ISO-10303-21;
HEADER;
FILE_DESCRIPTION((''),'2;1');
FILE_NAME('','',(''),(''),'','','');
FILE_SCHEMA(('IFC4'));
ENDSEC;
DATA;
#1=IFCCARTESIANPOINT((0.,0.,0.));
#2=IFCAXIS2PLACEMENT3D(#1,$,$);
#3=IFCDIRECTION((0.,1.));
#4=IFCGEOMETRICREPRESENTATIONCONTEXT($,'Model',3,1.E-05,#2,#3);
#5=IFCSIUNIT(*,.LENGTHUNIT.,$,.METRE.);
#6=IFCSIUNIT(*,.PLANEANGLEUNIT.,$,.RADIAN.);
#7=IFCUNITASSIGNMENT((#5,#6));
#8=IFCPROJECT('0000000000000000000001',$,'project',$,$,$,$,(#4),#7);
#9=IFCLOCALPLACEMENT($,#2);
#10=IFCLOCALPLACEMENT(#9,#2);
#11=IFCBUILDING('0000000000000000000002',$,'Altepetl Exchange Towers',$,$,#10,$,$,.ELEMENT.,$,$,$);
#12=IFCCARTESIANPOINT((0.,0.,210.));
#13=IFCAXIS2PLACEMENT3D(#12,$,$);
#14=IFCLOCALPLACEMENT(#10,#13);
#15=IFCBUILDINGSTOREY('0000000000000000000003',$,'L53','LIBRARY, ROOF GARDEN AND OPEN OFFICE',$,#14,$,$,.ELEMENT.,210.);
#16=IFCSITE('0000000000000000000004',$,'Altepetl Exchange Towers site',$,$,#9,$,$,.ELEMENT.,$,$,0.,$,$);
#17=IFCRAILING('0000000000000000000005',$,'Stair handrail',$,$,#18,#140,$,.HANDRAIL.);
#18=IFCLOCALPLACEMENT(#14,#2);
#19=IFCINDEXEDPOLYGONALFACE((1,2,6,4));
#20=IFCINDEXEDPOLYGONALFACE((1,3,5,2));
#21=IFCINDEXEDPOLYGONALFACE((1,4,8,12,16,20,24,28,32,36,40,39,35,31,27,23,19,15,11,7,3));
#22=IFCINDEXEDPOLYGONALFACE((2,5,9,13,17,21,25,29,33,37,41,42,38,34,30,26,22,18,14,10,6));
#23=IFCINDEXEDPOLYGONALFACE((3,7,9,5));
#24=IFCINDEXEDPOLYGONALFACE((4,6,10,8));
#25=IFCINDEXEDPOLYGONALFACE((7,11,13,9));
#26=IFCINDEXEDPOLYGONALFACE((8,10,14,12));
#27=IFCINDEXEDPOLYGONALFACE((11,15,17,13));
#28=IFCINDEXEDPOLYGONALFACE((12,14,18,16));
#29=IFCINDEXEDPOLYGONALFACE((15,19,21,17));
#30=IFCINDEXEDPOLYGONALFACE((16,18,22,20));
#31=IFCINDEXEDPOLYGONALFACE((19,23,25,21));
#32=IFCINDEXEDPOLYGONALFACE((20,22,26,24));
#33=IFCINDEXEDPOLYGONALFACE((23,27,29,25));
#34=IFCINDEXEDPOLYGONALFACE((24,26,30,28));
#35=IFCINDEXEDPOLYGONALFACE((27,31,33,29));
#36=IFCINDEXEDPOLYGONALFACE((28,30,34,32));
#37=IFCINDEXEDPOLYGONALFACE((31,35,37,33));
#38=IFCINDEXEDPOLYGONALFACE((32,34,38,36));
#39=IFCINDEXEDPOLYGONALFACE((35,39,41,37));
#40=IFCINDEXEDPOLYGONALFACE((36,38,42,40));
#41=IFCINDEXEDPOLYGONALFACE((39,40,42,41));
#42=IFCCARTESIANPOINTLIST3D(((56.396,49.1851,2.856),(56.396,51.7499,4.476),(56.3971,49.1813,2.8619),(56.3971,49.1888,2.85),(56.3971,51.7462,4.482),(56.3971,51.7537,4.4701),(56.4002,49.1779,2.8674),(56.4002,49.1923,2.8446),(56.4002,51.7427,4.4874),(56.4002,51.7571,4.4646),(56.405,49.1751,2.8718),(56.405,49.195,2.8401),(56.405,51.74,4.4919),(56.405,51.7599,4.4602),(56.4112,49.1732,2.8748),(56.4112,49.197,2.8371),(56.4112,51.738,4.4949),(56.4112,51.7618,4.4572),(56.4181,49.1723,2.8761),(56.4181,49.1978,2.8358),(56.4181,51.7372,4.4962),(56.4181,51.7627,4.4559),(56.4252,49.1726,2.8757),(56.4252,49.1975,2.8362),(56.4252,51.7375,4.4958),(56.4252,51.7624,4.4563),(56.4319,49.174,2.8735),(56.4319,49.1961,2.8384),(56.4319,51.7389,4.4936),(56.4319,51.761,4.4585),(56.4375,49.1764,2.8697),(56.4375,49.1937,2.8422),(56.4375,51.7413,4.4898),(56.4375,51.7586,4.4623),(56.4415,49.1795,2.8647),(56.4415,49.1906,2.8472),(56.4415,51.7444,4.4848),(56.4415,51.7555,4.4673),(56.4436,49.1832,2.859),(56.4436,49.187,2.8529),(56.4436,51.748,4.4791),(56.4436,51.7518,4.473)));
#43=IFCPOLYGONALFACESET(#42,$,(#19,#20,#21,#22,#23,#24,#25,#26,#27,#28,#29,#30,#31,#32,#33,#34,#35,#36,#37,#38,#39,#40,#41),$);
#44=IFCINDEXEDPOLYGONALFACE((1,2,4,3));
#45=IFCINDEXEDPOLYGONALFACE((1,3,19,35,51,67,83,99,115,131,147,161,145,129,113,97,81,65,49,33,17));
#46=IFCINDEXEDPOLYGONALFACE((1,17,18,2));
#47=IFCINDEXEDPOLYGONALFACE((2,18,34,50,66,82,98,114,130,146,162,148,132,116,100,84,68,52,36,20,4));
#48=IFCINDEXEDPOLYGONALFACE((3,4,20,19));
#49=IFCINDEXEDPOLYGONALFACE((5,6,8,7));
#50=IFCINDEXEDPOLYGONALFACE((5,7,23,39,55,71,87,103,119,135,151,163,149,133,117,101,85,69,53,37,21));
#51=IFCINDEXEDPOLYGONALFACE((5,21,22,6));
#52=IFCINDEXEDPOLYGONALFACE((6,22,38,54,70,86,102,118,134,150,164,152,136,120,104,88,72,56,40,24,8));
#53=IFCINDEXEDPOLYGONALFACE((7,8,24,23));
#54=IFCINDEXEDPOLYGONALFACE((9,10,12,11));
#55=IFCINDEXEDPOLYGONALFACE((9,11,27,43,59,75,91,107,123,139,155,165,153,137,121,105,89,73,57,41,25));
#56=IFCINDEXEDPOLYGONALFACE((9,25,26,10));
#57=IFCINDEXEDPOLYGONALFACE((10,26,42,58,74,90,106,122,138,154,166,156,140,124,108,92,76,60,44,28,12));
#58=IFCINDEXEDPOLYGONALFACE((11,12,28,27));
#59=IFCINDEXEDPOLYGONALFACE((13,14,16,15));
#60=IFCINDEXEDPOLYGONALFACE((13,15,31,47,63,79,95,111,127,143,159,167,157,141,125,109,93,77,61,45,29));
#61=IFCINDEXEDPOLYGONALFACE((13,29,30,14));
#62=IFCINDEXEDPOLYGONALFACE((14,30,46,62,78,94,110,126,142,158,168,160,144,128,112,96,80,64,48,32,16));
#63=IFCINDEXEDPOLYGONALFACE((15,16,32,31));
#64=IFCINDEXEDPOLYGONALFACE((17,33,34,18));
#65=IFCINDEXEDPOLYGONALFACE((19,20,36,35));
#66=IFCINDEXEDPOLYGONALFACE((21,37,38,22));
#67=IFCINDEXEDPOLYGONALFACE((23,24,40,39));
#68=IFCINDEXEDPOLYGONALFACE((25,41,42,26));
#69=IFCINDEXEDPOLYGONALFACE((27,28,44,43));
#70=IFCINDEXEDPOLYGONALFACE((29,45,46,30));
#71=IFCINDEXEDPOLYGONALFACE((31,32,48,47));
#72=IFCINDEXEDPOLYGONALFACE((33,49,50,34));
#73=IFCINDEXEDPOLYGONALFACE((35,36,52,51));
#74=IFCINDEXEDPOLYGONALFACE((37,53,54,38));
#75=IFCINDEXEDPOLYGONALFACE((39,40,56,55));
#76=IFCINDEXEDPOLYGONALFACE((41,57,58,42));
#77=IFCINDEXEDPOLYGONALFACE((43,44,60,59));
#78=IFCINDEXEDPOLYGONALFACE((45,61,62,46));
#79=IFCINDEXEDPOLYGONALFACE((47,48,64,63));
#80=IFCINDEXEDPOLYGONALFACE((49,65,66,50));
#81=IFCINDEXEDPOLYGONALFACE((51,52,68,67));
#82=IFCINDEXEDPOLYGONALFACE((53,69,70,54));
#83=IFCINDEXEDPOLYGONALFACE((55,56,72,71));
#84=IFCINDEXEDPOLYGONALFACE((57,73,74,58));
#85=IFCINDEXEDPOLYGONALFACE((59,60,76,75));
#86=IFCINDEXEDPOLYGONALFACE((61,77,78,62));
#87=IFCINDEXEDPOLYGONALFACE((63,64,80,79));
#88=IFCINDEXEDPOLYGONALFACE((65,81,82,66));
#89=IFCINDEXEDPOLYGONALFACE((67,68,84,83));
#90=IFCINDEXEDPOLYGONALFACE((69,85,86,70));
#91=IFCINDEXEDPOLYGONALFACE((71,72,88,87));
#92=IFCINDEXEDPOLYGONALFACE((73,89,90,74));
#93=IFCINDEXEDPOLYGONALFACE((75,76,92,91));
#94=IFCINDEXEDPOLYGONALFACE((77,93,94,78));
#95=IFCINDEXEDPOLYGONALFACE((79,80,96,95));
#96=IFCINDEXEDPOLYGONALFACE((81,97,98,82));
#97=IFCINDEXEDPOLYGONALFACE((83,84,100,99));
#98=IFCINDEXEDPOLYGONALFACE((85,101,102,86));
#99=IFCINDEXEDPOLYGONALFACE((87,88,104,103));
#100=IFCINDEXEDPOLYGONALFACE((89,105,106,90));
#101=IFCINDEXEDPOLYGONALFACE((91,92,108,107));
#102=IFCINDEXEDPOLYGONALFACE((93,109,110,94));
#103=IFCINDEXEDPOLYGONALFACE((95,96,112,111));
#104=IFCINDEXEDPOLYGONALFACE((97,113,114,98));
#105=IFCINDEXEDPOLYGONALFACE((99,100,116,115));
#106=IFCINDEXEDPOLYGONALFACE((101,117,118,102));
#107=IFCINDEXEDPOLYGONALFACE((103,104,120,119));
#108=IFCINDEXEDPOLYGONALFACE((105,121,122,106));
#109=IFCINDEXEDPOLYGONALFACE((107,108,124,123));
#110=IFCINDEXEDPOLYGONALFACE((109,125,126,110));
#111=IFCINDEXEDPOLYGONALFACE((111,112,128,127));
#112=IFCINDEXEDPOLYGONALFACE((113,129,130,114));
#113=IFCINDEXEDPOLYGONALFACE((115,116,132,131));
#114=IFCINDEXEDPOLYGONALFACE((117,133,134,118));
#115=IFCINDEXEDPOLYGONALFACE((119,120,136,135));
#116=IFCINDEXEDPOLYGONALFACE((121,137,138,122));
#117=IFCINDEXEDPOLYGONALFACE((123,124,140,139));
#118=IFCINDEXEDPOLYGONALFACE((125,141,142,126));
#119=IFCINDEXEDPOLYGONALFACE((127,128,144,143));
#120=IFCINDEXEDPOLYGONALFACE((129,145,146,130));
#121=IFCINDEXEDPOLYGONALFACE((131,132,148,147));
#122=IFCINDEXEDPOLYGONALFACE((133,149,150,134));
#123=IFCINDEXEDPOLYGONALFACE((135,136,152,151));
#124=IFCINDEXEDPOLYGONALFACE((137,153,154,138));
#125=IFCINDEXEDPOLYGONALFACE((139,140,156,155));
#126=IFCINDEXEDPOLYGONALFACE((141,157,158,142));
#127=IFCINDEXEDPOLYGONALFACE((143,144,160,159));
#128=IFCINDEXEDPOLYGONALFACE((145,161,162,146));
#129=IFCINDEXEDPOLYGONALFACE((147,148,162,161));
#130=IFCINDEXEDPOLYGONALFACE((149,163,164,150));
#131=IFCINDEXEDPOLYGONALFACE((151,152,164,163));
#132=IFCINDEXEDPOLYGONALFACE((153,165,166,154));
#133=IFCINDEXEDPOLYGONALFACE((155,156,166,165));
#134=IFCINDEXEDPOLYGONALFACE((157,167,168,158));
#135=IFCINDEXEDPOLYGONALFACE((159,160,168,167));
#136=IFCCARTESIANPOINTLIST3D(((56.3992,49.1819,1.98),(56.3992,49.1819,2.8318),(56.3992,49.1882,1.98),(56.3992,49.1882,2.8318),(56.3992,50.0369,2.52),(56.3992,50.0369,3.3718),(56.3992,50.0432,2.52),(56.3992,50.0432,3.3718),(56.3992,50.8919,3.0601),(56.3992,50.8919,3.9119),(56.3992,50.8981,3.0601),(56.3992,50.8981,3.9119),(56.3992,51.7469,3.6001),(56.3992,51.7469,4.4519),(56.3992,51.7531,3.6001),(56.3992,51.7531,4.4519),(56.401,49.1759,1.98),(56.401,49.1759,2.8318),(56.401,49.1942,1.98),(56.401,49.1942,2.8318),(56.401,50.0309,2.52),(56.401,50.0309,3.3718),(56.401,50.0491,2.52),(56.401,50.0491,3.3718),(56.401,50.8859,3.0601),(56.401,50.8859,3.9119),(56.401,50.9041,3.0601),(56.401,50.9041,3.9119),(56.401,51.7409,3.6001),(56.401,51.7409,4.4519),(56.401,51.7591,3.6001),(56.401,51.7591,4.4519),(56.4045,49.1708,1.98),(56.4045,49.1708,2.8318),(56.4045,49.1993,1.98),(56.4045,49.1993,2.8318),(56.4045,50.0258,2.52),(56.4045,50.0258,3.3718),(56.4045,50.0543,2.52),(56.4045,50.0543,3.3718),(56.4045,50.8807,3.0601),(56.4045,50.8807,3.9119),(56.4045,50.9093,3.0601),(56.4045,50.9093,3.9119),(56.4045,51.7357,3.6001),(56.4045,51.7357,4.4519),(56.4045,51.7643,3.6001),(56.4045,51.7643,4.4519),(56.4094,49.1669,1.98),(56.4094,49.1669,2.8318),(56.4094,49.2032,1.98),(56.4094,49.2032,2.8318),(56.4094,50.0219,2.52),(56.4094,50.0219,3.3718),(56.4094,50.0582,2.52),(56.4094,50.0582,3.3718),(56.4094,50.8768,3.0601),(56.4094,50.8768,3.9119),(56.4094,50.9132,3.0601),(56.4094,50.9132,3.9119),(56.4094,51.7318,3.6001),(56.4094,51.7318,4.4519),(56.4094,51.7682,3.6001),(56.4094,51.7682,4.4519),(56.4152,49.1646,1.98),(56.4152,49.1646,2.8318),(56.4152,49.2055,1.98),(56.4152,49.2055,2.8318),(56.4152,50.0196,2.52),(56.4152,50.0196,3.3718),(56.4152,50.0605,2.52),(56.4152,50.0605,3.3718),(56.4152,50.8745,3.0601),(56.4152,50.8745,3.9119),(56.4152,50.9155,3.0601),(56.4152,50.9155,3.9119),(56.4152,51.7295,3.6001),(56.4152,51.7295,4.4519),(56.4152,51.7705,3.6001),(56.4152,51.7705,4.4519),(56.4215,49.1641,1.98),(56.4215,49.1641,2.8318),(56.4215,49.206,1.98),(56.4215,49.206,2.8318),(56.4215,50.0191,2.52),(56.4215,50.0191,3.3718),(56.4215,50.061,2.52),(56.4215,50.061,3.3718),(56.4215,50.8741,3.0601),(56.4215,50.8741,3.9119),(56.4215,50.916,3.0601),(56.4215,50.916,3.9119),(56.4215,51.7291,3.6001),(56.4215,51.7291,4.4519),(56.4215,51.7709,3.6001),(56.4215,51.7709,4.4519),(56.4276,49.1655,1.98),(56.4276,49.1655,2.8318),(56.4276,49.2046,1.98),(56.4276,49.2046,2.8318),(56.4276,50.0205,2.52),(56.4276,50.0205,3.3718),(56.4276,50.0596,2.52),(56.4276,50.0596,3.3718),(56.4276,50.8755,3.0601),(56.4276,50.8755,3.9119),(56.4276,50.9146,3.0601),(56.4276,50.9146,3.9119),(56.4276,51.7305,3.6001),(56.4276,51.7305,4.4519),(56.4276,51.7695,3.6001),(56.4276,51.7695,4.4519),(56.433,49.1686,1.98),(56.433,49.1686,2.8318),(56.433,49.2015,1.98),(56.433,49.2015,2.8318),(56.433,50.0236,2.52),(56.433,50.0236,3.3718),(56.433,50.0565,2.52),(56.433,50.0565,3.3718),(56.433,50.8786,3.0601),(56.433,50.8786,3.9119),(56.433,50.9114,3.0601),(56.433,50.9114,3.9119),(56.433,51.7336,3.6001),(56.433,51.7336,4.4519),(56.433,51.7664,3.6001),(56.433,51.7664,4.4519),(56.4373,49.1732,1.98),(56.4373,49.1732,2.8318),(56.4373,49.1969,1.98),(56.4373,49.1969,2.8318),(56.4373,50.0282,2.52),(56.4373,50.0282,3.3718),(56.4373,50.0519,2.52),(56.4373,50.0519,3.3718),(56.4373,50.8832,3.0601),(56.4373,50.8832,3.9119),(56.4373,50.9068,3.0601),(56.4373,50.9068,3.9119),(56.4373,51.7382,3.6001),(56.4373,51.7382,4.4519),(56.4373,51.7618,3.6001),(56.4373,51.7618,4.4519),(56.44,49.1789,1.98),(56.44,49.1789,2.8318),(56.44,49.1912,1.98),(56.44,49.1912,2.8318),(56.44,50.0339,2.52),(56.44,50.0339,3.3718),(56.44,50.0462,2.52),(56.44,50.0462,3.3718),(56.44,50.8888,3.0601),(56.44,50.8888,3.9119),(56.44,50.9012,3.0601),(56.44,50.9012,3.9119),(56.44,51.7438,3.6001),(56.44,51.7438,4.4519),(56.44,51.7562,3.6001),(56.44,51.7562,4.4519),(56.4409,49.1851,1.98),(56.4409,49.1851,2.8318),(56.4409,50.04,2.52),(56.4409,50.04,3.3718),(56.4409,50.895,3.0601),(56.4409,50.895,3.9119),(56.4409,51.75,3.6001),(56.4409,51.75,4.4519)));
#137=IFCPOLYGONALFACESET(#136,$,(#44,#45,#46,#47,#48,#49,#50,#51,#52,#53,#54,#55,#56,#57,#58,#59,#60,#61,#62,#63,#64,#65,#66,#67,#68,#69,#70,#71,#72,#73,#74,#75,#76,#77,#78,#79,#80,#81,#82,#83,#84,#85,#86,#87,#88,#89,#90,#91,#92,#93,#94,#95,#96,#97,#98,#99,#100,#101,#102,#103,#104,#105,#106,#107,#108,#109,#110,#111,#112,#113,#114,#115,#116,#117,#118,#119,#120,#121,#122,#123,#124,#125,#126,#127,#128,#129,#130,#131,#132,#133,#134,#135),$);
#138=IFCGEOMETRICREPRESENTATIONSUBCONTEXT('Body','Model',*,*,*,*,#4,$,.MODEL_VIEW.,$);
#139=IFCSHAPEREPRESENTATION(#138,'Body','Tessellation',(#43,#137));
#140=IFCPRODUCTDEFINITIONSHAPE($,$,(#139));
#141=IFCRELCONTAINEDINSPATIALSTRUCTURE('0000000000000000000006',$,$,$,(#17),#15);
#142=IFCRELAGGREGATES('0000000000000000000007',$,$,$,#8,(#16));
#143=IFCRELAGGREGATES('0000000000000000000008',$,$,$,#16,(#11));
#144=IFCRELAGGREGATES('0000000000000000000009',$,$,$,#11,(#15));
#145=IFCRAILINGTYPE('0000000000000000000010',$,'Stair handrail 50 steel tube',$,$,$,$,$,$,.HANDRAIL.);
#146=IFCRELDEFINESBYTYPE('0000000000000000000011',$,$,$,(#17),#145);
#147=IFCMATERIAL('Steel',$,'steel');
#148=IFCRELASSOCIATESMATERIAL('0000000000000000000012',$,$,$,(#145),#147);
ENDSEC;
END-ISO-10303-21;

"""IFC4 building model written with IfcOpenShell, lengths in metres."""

from ifc_helpers import new_model, si_unit, direction, frame, origin, origin_2d, place, context, subcontext, project, spatial, circle, extrude, source, transform, mapped, material, type_object, element, save


model = new_model("IFC4")

# Units and contexts
model_context = context("Model", 3, precision=1e-05, world=origin(), true_north=direction((0.0, 1.0)))
body_context = subcontext(model_context, "Body", "Model", "MODEL_VIEW")
ifc_project = project(units=[si_unit("LENGTHUNIT", "METRE"), si_unit("PLANEANGLEUNIT", "RADIAN")], contexts=[model_context])

# Site, building, storey
site_placement = place(None, origin())
site = spatial("IfcSite", under=ifc_project, at=site_placement, Name="Altepetl Exchange Towers site", CompositionType="ELEMENT", RefElevation=0.0)
building_placement = place(site_placement, origin())
building = spatial("IfcBuilding", under=site, at=building_placement, Name="Altepetl Exchange Towers", CompositionType="ELEMENT")
storey_placement = place(building_placement, frame((0.0, 0.0, 210.0)))
storey = spatial("IfcBuildingStorey", under=building, at=storey_placement, Name="L53", Description="LIBRARY, ROOF GARDEN AND OPEN OFFICE", CompositionType="ELEMENT", Elevation=210.0)

# Railing
ifc_material_1 = material(Name="Steel", Category="steel")
railing_type = type_object("IfcRailingType", Name="Stair handrail 50 steel tube", PredefinedType="HANDRAIL", material=ifc_material_1)
shared_shape = source(origin(), body_context, "Body", "SweptSolid", [
    extrude(circle(Radius=0.021, at=origin_2d()), origin(), (0.0, 0.0, 1.0), 0.8518),
])
railing_1_placement = place(storey_placement, frame((56.4199, 49.1851, 1.98)))
element("IfcRailing", 1, at=railing_1_placement, inside=storey, type_object=railing_type, Name="Stair handrail", PredefinedType="HANDRAIL", context=body_context, shape_type="SweptSolid", body=[
    extrude(circle(Radius=0.0239, at=origin_2d()), frame((0.0, 0.0, 0.876), z_axis=(0.0, 0.845466, 0.534029), x_axis=(-1.0, 0.0, 0.0)), (0.0, 0.0, 1.0), 3.0337),
    mapped(shared_shape, transform((0.0, 0.0, 0.0))),
    mapped(shared_shape, transform((0.0, 0.855, 0.54))),
    mapped(shared_shape, transform((0.0, 1.71, 1.0801))),
    mapped(shared_shape, transform((0.0, 2.5649, 1.6201))),
])

save(model, "model.ifc")
